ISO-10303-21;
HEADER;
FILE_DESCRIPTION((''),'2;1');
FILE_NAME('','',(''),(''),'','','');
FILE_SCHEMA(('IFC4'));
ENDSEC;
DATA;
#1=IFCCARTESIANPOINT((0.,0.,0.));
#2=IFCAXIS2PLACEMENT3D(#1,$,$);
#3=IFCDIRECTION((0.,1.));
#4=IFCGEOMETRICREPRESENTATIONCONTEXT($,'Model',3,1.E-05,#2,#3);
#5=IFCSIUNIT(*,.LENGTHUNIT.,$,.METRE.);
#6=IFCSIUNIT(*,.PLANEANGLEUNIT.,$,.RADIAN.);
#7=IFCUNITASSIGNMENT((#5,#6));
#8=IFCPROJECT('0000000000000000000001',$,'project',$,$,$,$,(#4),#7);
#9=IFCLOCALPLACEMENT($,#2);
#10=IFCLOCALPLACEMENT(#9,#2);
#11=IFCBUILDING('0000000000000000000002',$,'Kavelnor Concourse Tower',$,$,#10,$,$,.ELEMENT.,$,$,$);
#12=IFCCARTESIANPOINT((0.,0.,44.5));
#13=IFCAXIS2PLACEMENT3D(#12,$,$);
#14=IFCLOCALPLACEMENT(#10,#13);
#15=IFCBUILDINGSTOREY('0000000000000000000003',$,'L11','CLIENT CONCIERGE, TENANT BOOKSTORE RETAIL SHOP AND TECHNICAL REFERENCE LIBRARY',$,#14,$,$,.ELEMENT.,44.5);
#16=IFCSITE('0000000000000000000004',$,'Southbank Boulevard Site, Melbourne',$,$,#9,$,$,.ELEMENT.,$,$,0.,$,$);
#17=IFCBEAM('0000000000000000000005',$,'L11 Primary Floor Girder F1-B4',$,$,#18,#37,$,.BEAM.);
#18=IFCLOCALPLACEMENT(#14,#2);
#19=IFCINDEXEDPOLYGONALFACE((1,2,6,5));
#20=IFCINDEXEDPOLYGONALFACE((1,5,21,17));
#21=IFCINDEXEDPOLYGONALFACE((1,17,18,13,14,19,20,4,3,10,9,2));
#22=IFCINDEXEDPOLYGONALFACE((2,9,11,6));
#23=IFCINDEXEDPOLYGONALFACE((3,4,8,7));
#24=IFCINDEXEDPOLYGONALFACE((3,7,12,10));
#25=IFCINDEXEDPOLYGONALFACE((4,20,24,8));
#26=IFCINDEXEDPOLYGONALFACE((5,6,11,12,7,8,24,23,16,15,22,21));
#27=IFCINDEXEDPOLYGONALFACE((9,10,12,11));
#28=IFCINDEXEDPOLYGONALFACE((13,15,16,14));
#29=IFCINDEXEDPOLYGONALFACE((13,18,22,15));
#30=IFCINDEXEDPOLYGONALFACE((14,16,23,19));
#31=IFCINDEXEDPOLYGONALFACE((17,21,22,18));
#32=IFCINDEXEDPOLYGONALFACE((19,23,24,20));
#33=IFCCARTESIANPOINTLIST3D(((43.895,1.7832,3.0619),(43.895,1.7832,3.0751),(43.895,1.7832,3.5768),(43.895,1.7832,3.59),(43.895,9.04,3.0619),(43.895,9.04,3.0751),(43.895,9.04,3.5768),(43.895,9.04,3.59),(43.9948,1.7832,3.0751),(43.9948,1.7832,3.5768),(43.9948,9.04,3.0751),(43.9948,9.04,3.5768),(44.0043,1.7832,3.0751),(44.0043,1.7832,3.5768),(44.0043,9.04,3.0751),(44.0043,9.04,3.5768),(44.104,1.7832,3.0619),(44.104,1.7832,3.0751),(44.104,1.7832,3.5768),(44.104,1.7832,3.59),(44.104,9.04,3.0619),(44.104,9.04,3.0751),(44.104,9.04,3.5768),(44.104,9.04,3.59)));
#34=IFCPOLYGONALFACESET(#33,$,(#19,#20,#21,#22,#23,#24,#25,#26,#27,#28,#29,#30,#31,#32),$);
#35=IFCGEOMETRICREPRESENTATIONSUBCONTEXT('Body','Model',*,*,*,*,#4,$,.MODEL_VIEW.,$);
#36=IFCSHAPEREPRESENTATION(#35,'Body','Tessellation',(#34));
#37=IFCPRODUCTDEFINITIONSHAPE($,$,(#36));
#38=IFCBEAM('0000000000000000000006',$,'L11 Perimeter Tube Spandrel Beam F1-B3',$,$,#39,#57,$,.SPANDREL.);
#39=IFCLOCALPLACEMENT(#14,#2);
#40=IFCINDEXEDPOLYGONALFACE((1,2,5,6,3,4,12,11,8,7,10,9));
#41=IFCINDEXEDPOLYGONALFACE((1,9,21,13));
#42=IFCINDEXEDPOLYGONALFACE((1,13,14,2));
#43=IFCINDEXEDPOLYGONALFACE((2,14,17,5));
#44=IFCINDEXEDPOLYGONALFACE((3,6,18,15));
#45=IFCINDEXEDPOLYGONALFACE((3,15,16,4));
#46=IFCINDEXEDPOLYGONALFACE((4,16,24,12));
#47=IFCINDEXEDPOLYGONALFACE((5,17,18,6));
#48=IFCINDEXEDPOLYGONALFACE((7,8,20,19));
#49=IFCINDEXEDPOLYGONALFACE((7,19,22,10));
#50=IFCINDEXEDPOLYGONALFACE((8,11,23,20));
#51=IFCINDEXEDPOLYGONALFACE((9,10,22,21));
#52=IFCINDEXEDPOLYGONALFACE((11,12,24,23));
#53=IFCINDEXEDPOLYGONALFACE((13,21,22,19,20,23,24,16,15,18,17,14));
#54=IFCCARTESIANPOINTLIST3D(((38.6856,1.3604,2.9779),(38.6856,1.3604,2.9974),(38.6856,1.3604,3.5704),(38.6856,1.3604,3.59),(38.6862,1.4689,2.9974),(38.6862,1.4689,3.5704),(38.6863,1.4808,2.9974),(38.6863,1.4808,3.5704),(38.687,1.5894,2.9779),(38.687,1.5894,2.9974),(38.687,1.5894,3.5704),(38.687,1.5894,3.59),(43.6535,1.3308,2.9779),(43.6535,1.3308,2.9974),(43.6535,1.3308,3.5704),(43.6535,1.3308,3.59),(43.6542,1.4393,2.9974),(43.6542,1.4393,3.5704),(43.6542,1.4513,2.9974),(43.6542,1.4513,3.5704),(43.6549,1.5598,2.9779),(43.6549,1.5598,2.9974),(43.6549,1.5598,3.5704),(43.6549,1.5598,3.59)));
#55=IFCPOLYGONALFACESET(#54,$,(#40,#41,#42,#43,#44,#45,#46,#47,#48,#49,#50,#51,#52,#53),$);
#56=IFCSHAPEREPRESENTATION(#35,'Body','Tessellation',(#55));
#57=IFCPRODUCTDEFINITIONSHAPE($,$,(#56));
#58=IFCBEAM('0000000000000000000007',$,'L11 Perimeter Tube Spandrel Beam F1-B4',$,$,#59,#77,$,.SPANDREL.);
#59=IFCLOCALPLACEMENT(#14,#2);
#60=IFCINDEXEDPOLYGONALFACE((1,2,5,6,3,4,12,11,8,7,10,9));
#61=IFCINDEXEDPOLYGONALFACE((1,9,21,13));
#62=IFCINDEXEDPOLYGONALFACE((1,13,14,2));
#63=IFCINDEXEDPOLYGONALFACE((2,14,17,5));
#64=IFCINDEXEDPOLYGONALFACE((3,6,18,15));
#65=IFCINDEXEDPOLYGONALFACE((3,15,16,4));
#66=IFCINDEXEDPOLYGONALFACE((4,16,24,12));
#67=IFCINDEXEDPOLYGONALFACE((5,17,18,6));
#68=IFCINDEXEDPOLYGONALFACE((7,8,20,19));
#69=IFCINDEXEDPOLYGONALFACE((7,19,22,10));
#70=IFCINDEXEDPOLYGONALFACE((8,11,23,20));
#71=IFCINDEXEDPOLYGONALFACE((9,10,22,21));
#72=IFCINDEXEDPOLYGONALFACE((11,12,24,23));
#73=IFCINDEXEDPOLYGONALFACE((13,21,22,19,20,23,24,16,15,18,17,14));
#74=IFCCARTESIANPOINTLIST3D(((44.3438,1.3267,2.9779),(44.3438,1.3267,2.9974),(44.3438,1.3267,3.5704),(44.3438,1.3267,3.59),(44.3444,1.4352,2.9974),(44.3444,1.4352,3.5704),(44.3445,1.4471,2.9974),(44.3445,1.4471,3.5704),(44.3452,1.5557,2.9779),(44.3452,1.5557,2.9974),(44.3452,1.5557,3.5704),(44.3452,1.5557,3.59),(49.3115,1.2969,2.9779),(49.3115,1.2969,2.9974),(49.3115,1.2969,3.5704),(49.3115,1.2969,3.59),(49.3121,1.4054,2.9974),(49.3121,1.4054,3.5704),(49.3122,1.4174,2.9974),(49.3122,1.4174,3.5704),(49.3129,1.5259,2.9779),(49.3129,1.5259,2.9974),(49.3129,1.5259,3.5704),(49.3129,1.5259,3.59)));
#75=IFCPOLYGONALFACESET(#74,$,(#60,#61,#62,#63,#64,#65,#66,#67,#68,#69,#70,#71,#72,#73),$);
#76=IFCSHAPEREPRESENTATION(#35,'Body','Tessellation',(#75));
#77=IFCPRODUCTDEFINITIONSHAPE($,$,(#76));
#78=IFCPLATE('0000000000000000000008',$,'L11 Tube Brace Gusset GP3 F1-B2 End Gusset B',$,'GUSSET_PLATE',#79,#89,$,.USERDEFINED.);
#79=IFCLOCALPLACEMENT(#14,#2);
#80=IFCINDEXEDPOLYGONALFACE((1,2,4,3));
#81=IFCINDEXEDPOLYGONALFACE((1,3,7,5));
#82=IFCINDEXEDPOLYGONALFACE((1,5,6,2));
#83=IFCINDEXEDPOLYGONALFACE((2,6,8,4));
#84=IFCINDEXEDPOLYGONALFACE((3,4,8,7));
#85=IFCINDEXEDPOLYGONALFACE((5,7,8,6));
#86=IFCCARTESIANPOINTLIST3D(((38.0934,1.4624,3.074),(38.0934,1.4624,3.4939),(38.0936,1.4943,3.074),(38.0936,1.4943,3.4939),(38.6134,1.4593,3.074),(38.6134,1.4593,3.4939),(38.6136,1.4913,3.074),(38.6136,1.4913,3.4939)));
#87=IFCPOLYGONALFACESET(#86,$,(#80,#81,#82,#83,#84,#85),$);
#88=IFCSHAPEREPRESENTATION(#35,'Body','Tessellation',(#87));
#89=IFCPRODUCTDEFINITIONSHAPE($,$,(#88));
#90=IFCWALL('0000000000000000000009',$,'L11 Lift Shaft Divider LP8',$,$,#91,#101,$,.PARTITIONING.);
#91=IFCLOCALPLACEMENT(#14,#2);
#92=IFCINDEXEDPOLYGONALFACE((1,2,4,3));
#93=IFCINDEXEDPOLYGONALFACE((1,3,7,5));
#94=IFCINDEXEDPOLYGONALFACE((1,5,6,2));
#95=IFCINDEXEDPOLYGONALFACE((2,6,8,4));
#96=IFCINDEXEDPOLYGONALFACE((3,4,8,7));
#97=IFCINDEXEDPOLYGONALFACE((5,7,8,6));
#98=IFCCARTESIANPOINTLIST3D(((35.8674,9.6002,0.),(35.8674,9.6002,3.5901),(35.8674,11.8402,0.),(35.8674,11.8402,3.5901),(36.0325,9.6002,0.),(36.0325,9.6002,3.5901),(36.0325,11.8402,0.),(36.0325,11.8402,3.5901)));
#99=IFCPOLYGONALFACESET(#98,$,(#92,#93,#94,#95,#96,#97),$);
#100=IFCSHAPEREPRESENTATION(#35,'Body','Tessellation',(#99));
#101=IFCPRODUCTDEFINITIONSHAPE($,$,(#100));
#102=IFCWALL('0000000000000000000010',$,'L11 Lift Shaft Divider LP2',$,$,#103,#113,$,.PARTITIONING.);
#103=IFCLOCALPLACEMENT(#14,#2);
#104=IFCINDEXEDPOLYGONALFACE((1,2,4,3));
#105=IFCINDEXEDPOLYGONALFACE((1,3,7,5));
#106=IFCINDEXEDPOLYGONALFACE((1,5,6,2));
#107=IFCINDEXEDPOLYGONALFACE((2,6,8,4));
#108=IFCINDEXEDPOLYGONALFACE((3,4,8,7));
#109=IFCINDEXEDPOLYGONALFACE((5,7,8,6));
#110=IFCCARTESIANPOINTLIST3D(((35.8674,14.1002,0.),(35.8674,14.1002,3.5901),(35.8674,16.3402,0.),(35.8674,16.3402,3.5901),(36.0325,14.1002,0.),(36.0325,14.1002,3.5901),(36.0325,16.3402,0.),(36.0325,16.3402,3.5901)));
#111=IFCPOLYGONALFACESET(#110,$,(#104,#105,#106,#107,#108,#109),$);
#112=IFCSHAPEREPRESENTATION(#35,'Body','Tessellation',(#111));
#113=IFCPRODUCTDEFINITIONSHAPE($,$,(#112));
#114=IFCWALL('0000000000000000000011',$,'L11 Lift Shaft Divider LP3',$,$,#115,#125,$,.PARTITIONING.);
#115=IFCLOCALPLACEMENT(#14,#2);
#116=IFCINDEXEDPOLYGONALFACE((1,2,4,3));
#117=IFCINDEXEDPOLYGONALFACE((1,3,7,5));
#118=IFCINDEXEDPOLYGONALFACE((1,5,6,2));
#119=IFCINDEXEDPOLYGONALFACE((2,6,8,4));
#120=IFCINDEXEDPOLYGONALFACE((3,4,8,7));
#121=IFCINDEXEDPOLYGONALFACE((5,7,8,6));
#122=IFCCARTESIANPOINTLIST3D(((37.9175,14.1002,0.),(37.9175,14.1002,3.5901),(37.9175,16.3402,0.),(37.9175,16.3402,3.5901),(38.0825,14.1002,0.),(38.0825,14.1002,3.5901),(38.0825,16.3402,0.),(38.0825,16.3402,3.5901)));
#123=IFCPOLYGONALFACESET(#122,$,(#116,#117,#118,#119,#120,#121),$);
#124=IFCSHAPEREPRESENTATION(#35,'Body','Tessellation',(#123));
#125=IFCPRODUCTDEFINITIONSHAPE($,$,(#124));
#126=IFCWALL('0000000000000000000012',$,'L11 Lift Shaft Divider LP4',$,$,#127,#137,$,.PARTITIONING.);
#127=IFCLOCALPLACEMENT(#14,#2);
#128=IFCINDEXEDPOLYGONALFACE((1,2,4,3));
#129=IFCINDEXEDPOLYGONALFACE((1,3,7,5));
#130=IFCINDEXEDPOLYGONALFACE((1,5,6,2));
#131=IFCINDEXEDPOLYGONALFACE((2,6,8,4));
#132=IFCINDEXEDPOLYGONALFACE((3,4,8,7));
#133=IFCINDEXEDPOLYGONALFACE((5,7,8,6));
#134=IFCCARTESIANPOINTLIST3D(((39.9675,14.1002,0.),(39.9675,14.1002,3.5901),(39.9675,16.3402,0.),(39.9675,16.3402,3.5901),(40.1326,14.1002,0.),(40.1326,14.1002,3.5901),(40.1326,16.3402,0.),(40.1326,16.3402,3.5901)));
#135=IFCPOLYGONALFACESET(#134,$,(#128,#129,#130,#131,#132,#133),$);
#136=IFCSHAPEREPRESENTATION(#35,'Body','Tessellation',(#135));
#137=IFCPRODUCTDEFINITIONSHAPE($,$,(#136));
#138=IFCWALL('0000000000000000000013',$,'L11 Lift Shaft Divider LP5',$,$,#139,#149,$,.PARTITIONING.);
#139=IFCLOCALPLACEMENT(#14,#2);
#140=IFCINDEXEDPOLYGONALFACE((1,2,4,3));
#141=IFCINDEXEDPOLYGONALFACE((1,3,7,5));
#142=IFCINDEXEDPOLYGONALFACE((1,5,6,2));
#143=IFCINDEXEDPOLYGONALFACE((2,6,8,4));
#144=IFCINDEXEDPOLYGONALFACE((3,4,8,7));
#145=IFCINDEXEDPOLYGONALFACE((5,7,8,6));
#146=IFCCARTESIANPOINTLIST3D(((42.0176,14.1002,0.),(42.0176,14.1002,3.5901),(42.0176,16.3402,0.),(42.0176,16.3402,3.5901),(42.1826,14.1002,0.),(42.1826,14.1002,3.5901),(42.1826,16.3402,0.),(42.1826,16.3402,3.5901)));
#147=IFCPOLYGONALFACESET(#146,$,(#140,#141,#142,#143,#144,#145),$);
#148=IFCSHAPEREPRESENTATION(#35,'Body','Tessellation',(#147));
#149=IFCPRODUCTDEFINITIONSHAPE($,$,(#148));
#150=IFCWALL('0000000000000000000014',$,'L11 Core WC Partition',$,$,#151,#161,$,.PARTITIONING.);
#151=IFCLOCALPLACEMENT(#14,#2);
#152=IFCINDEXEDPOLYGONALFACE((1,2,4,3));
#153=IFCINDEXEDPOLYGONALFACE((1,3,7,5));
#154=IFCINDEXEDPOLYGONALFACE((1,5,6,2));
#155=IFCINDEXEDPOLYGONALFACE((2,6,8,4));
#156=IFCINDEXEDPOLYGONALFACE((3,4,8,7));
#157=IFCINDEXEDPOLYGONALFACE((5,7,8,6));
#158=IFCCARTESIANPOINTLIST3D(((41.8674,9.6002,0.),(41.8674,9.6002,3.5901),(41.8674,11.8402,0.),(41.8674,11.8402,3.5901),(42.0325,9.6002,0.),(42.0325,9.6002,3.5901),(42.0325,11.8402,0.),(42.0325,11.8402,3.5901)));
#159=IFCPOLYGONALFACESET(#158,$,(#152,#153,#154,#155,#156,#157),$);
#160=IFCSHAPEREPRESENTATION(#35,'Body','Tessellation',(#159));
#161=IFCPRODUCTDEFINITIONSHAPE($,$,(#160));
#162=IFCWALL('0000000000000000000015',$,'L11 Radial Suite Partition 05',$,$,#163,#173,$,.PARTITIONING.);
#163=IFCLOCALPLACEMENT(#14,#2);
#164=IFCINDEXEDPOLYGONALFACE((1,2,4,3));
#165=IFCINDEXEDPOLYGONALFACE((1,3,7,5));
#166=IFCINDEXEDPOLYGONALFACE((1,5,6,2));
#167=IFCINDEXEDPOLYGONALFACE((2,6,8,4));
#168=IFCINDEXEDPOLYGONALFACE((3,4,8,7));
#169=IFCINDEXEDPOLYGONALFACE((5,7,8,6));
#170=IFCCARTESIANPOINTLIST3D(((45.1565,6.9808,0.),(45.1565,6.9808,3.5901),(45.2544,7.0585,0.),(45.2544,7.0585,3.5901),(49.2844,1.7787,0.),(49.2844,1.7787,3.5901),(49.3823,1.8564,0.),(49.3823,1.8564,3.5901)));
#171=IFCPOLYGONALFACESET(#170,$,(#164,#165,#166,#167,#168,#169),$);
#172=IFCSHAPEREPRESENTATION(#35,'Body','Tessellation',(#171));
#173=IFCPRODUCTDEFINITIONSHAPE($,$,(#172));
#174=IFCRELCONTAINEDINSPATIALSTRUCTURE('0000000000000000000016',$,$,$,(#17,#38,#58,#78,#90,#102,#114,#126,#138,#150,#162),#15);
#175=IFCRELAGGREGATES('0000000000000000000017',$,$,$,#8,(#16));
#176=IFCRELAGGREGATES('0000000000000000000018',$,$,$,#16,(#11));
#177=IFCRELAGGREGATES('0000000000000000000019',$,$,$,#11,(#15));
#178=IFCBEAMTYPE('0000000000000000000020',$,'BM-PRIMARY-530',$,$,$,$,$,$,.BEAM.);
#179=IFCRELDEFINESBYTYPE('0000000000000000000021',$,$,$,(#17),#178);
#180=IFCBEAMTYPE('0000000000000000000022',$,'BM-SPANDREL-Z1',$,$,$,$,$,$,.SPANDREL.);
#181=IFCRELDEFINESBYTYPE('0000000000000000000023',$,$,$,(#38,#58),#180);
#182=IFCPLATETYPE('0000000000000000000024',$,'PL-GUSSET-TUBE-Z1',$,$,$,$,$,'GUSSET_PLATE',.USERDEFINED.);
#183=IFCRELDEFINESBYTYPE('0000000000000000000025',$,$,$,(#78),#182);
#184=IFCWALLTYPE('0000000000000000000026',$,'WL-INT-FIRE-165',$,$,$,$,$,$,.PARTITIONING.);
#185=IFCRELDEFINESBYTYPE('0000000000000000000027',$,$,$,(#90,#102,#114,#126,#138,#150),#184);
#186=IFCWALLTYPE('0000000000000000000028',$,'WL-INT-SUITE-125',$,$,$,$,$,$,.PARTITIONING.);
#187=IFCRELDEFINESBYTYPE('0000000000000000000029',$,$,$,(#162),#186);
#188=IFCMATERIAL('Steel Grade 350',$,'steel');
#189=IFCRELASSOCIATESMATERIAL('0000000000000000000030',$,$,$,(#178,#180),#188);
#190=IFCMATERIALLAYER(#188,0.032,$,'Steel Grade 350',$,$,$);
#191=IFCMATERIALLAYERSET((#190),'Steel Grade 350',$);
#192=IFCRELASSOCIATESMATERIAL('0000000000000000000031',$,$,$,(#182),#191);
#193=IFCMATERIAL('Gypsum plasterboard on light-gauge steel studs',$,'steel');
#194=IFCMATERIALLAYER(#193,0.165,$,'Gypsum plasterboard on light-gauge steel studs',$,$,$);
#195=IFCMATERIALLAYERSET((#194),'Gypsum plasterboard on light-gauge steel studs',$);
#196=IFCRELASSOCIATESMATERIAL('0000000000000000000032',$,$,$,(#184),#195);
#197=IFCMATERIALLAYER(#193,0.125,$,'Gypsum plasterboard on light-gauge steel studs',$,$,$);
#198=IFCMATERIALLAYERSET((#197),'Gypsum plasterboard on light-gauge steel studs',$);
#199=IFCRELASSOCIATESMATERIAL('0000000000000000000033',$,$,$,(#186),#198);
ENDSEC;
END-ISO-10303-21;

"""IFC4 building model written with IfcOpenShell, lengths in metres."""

from ifc_helpers import new_model, si_unit, direction, frame, frame_2d, origin, origin_2d, place, context, subcontext, project, spatial, rectangle, i_section, extrude, material, layer, layer_set, material_profile, profile_set, type_object, element, save


model = new_model("IFC4")

# Units and contexts
model_context = context("Model", 3, precision=1e-05, world=origin(), true_north=direction((0.0, 1.0)))
body_context = subcontext(model_context, "Body", "Model", "MODEL_VIEW")
ifc_project = project(units=[si_unit("LENGTHUNIT", "METRE"), si_unit("PLANEANGLEUNIT", "RADIAN")], contexts=[model_context])

# Site, building, storey
site_placement = place(None, origin())
site = spatial("IfcSite", under=ifc_project, at=site_placement, Name="Southbank Boulevard Site, Melbourne", CompositionType="ELEMENT", RefElevation=0.0)
building_placement = place(site_placement, origin())
building = spatial("IfcBuilding", under=site, at=building_placement, Name="Kavelnor Concourse Tower", CompositionType="ELEMENT")
storey_placement = place(building_placement, frame((0.0, 0.0, 44.5)))
storey = spatial("IfcBuildingStorey", under=building, at=storey_placement, Name="L11", Description="CLIENT CONCIERGE, TENANT BOOKSTORE RETAIL SHOP AND TECHNICAL REFERENCE LIBRARY", CompositionType="ELEMENT", Elevation=44.5)

# Shared definitions
ifc_material_1 = material(Name="Steel Grade 350", Category="steel")

# Beams
ifc_material_profile_1 = material_profile(ifc_material_1, i_section(OverallWidth=0.209, OverallDepth=0.5281, WebThickness=0.0095, FlangeThickness=0.0132, at=origin_2d()), Name="530UB82")
ifc_profile_set_1 = profile_set([ifc_material_profile_1], Name="Steel Grade 350")
beam_type_1 = type_object("IfcBeamType", Name="BM-PRIMARY-530", PredefinedType="BEAM", material=ifc_profile_set_1)
beam_1_placement = place(storey_placement, frame((43.9995, 9.04, 3.3259), z_axis=(0.0, -1.0, 0.0), x_axis=(1.0, 0.0, 0.0)))
element("IfcBeam", 1, at=beam_1_placement, inside=storey, type_object=beam_type_1, Name="L11 Primary Floor Girder F1-B4", PredefinedType="BEAM", context=body_context, shape_type="SweptSolid", body=[
    extrude(i_section(OverallWidth=0.209, OverallDepth=0.5281, WebThickness=0.0095, FlangeThickness=0.0132, at=origin_2d()), origin(), (0.0, 0.0, 1.0), 7.2568),
])
ifc_material_profile_2 = material_profile(ifc_material_1, i_section(OverallWidth=0.229, OverallDepth=0.6121, WebThickness=0.012, FlangeThickness=0.0195, at=origin_2d()), Name="610UB125")
ifc_profile_set_2 = profile_set([ifc_material_profile_2], Name="Steel Grade 350")
beam_type_2 = type_object("IfcBeamType", Name="BM-SPANDREL-Z1", PredefinedType="SPANDREL", material=ifc_profile_set_2)
beam_2_placement = place(storey_placement, frame((38.6863, 1.4749, 3.2839), z_axis=(0.999982, -0.005946, 0.0), x_axis=(0.005946, 0.999982, 0.0)))
element("IfcBeam", 2, at=beam_2_placement, inside=storey, type_object=beam_type_2, Name="L11 Perimeter Tube Spandrel Beam F1-B3", PredefinedType="SPANDREL", context=body_context, shape_type="SweptSolid", body=[
    extrude(i_section(OverallWidth=0.229, OverallDepth=0.6121, WebThickness=0.012, FlangeThickness=0.0195, at=origin_2d()), origin(), (0.0, 0.0, 1.0), 4.968),
])
beam_3_placement = place(storey_placement, frame((44.3445, 1.4412, 3.2839), z_axis=(0.999982, -0.005996, 0.0), x_axis=(0.005996, 0.999982, 0.0)))
element("IfcBeam", 3, at=beam_3_placement, inside=storey, type_object=beam_type_2, Name="L11 Perimeter Tube Spandrel Beam F1-B4", PredefinedType="SPANDREL", context=body_context, shape_type="SweptSolid", body=[
    extrude(i_section(OverallWidth=0.229, OverallDepth=0.6121, WebThickness=0.012, FlangeThickness=0.0195, at=origin_2d()), origin(), (0.0, 0.0, 1.0), 4.9678),
])

# Plate
ifc_layer_1 = layer(ifc_material_1, 0.032, Name="Steel Grade 350")
ifc_layer_set_1 = layer_set([ifc_layer_1], Name="Steel Grade 350")
plate_type = type_object("IfcPlateType", Name="PL-GUSSET-TUBE-Z1", ElementType="GUSSET_PLATE", PredefinedType="USERDEFINED", material=ifc_layer_set_1)
plate_placement = place(storey_placement, frame((38.3535, 1.4768, 3.074), z_axis=(0.0, 0.0, 1.0), x_axis=(0.999982, -0.005934, 0.0)))
element("IfcPlate", 4, at=plate_placement, inside=storey, type_object=plate_type, Name="L11 Tube Brace Gusset GP3 F1-B2 End Gusset B", ObjectType="GUSSET_PLATE", PredefinedType="USERDEFINED", context=body_context, shape_type="SweptSolid", body=[
    extrude(rectangle(XDim=0.52, YDim=0.032, at=origin_2d()), origin(), (0.0, 0.0, 1.0), 0.4199),
])

# Walls
ifc_material_2 = material(Name="Gypsum plasterboard on light-gauge steel studs", Category="steel")
ifc_layer_2 = layer(ifc_material_2, 0.165, Name="Gypsum plasterboard on light-gauge steel studs")
ifc_layer_set_2 = layer_set([ifc_layer_2], Name="Gypsum plasterboard on light-gauge steel studs")
wall_type_1 = type_object("IfcWallType", Name="WL-INT-FIRE-165", PredefinedType="PARTITIONING", material=ifc_layer_set_2)
for number, where, z_axis, x_axis, name in (
    (5, (35.95, 9.6001, 0.0), (0.0, 0.0, 1.0), (0.0, 1.0, 0.0), "L11 Lift Shaft Divider LP8"),
    (6, (35.95, 14.1001, 0.0), (0.0, 0.0, 1.0), (0.0, 1.0, 0.0), "L11 Lift Shaft Divider LP2"),
    (7, (38.0, 14.1001, 0.0), (0.0, 0.0, 1.0), (0.0, 1.0, 0.0), "L11 Lift Shaft Divider LP3"),
    (8, (40.05, 14.1001, 0.0), (0.0, 0.0, 1.0), (0.0, 1.0, 0.0), "L11 Lift Shaft Divider LP4"),
    (9, (42.1001, 14.1001, 0.0), (0.0, 0.0, 1.0), (0.0, 1.0, 0.0), "L11 Lift Shaft Divider LP5"),
    (10, (41.95, 9.6001, 0.0), (0.0, 0.0, 1.0), (0.0, 1.0, 0.0), "L11 Core WC Partition"),
):
    element("IfcWall", number, at=place(storey_placement, frame(where, z_axis=z_axis, x_axis=x_axis)), inside=storey, type_object=wall_type_1, Name=name, PredefinedType="PARTITIONING", context=body_context, shape_type="SweptSolid", body=[
        extrude(rectangle(XDim=2.24, YDim=0.165, at=frame_2d((1.1201, 0.0))), origin(), (0.0, 0.0, 1.0), 3.5901),
    ])
ifc_layer_3 = layer(ifc_material_2, 0.125, Name="Gypsum plasterboard on light-gauge steel studs")
ifc_layer_set_3 = layer_set([ifc_layer_3], Name="Gypsum plasterboard on light-gauge steel studs")
wall_type_2 = type_object("IfcWallType", Name="WL-INT-SUITE-125", PredefinedType="PARTITIONING", material=ifc_layer_set_3)
wall_1_placement = place(storey_placement, frame((45.2056, 7.0195, 0.0), z_axis=(0.0, 0.0, 1.0), x_axis=(0.621588, -0.783345, 0.0)))
element("IfcWall", 11, at=wall_1_placement, inside=storey, type_object=wall_type_2, Name="L11 Radial Suite Partition 05", PredefinedType="PARTITIONING", context=body_context, shape_type="SweptSolid", body=[
    extrude(rectangle(XDim=6.6409, YDim=0.125, at=frame_2d((3.3203, 0.0))), origin(), (0.0, 0.0, 1.0), 3.5901),
])

save(model, "model.ifc")
